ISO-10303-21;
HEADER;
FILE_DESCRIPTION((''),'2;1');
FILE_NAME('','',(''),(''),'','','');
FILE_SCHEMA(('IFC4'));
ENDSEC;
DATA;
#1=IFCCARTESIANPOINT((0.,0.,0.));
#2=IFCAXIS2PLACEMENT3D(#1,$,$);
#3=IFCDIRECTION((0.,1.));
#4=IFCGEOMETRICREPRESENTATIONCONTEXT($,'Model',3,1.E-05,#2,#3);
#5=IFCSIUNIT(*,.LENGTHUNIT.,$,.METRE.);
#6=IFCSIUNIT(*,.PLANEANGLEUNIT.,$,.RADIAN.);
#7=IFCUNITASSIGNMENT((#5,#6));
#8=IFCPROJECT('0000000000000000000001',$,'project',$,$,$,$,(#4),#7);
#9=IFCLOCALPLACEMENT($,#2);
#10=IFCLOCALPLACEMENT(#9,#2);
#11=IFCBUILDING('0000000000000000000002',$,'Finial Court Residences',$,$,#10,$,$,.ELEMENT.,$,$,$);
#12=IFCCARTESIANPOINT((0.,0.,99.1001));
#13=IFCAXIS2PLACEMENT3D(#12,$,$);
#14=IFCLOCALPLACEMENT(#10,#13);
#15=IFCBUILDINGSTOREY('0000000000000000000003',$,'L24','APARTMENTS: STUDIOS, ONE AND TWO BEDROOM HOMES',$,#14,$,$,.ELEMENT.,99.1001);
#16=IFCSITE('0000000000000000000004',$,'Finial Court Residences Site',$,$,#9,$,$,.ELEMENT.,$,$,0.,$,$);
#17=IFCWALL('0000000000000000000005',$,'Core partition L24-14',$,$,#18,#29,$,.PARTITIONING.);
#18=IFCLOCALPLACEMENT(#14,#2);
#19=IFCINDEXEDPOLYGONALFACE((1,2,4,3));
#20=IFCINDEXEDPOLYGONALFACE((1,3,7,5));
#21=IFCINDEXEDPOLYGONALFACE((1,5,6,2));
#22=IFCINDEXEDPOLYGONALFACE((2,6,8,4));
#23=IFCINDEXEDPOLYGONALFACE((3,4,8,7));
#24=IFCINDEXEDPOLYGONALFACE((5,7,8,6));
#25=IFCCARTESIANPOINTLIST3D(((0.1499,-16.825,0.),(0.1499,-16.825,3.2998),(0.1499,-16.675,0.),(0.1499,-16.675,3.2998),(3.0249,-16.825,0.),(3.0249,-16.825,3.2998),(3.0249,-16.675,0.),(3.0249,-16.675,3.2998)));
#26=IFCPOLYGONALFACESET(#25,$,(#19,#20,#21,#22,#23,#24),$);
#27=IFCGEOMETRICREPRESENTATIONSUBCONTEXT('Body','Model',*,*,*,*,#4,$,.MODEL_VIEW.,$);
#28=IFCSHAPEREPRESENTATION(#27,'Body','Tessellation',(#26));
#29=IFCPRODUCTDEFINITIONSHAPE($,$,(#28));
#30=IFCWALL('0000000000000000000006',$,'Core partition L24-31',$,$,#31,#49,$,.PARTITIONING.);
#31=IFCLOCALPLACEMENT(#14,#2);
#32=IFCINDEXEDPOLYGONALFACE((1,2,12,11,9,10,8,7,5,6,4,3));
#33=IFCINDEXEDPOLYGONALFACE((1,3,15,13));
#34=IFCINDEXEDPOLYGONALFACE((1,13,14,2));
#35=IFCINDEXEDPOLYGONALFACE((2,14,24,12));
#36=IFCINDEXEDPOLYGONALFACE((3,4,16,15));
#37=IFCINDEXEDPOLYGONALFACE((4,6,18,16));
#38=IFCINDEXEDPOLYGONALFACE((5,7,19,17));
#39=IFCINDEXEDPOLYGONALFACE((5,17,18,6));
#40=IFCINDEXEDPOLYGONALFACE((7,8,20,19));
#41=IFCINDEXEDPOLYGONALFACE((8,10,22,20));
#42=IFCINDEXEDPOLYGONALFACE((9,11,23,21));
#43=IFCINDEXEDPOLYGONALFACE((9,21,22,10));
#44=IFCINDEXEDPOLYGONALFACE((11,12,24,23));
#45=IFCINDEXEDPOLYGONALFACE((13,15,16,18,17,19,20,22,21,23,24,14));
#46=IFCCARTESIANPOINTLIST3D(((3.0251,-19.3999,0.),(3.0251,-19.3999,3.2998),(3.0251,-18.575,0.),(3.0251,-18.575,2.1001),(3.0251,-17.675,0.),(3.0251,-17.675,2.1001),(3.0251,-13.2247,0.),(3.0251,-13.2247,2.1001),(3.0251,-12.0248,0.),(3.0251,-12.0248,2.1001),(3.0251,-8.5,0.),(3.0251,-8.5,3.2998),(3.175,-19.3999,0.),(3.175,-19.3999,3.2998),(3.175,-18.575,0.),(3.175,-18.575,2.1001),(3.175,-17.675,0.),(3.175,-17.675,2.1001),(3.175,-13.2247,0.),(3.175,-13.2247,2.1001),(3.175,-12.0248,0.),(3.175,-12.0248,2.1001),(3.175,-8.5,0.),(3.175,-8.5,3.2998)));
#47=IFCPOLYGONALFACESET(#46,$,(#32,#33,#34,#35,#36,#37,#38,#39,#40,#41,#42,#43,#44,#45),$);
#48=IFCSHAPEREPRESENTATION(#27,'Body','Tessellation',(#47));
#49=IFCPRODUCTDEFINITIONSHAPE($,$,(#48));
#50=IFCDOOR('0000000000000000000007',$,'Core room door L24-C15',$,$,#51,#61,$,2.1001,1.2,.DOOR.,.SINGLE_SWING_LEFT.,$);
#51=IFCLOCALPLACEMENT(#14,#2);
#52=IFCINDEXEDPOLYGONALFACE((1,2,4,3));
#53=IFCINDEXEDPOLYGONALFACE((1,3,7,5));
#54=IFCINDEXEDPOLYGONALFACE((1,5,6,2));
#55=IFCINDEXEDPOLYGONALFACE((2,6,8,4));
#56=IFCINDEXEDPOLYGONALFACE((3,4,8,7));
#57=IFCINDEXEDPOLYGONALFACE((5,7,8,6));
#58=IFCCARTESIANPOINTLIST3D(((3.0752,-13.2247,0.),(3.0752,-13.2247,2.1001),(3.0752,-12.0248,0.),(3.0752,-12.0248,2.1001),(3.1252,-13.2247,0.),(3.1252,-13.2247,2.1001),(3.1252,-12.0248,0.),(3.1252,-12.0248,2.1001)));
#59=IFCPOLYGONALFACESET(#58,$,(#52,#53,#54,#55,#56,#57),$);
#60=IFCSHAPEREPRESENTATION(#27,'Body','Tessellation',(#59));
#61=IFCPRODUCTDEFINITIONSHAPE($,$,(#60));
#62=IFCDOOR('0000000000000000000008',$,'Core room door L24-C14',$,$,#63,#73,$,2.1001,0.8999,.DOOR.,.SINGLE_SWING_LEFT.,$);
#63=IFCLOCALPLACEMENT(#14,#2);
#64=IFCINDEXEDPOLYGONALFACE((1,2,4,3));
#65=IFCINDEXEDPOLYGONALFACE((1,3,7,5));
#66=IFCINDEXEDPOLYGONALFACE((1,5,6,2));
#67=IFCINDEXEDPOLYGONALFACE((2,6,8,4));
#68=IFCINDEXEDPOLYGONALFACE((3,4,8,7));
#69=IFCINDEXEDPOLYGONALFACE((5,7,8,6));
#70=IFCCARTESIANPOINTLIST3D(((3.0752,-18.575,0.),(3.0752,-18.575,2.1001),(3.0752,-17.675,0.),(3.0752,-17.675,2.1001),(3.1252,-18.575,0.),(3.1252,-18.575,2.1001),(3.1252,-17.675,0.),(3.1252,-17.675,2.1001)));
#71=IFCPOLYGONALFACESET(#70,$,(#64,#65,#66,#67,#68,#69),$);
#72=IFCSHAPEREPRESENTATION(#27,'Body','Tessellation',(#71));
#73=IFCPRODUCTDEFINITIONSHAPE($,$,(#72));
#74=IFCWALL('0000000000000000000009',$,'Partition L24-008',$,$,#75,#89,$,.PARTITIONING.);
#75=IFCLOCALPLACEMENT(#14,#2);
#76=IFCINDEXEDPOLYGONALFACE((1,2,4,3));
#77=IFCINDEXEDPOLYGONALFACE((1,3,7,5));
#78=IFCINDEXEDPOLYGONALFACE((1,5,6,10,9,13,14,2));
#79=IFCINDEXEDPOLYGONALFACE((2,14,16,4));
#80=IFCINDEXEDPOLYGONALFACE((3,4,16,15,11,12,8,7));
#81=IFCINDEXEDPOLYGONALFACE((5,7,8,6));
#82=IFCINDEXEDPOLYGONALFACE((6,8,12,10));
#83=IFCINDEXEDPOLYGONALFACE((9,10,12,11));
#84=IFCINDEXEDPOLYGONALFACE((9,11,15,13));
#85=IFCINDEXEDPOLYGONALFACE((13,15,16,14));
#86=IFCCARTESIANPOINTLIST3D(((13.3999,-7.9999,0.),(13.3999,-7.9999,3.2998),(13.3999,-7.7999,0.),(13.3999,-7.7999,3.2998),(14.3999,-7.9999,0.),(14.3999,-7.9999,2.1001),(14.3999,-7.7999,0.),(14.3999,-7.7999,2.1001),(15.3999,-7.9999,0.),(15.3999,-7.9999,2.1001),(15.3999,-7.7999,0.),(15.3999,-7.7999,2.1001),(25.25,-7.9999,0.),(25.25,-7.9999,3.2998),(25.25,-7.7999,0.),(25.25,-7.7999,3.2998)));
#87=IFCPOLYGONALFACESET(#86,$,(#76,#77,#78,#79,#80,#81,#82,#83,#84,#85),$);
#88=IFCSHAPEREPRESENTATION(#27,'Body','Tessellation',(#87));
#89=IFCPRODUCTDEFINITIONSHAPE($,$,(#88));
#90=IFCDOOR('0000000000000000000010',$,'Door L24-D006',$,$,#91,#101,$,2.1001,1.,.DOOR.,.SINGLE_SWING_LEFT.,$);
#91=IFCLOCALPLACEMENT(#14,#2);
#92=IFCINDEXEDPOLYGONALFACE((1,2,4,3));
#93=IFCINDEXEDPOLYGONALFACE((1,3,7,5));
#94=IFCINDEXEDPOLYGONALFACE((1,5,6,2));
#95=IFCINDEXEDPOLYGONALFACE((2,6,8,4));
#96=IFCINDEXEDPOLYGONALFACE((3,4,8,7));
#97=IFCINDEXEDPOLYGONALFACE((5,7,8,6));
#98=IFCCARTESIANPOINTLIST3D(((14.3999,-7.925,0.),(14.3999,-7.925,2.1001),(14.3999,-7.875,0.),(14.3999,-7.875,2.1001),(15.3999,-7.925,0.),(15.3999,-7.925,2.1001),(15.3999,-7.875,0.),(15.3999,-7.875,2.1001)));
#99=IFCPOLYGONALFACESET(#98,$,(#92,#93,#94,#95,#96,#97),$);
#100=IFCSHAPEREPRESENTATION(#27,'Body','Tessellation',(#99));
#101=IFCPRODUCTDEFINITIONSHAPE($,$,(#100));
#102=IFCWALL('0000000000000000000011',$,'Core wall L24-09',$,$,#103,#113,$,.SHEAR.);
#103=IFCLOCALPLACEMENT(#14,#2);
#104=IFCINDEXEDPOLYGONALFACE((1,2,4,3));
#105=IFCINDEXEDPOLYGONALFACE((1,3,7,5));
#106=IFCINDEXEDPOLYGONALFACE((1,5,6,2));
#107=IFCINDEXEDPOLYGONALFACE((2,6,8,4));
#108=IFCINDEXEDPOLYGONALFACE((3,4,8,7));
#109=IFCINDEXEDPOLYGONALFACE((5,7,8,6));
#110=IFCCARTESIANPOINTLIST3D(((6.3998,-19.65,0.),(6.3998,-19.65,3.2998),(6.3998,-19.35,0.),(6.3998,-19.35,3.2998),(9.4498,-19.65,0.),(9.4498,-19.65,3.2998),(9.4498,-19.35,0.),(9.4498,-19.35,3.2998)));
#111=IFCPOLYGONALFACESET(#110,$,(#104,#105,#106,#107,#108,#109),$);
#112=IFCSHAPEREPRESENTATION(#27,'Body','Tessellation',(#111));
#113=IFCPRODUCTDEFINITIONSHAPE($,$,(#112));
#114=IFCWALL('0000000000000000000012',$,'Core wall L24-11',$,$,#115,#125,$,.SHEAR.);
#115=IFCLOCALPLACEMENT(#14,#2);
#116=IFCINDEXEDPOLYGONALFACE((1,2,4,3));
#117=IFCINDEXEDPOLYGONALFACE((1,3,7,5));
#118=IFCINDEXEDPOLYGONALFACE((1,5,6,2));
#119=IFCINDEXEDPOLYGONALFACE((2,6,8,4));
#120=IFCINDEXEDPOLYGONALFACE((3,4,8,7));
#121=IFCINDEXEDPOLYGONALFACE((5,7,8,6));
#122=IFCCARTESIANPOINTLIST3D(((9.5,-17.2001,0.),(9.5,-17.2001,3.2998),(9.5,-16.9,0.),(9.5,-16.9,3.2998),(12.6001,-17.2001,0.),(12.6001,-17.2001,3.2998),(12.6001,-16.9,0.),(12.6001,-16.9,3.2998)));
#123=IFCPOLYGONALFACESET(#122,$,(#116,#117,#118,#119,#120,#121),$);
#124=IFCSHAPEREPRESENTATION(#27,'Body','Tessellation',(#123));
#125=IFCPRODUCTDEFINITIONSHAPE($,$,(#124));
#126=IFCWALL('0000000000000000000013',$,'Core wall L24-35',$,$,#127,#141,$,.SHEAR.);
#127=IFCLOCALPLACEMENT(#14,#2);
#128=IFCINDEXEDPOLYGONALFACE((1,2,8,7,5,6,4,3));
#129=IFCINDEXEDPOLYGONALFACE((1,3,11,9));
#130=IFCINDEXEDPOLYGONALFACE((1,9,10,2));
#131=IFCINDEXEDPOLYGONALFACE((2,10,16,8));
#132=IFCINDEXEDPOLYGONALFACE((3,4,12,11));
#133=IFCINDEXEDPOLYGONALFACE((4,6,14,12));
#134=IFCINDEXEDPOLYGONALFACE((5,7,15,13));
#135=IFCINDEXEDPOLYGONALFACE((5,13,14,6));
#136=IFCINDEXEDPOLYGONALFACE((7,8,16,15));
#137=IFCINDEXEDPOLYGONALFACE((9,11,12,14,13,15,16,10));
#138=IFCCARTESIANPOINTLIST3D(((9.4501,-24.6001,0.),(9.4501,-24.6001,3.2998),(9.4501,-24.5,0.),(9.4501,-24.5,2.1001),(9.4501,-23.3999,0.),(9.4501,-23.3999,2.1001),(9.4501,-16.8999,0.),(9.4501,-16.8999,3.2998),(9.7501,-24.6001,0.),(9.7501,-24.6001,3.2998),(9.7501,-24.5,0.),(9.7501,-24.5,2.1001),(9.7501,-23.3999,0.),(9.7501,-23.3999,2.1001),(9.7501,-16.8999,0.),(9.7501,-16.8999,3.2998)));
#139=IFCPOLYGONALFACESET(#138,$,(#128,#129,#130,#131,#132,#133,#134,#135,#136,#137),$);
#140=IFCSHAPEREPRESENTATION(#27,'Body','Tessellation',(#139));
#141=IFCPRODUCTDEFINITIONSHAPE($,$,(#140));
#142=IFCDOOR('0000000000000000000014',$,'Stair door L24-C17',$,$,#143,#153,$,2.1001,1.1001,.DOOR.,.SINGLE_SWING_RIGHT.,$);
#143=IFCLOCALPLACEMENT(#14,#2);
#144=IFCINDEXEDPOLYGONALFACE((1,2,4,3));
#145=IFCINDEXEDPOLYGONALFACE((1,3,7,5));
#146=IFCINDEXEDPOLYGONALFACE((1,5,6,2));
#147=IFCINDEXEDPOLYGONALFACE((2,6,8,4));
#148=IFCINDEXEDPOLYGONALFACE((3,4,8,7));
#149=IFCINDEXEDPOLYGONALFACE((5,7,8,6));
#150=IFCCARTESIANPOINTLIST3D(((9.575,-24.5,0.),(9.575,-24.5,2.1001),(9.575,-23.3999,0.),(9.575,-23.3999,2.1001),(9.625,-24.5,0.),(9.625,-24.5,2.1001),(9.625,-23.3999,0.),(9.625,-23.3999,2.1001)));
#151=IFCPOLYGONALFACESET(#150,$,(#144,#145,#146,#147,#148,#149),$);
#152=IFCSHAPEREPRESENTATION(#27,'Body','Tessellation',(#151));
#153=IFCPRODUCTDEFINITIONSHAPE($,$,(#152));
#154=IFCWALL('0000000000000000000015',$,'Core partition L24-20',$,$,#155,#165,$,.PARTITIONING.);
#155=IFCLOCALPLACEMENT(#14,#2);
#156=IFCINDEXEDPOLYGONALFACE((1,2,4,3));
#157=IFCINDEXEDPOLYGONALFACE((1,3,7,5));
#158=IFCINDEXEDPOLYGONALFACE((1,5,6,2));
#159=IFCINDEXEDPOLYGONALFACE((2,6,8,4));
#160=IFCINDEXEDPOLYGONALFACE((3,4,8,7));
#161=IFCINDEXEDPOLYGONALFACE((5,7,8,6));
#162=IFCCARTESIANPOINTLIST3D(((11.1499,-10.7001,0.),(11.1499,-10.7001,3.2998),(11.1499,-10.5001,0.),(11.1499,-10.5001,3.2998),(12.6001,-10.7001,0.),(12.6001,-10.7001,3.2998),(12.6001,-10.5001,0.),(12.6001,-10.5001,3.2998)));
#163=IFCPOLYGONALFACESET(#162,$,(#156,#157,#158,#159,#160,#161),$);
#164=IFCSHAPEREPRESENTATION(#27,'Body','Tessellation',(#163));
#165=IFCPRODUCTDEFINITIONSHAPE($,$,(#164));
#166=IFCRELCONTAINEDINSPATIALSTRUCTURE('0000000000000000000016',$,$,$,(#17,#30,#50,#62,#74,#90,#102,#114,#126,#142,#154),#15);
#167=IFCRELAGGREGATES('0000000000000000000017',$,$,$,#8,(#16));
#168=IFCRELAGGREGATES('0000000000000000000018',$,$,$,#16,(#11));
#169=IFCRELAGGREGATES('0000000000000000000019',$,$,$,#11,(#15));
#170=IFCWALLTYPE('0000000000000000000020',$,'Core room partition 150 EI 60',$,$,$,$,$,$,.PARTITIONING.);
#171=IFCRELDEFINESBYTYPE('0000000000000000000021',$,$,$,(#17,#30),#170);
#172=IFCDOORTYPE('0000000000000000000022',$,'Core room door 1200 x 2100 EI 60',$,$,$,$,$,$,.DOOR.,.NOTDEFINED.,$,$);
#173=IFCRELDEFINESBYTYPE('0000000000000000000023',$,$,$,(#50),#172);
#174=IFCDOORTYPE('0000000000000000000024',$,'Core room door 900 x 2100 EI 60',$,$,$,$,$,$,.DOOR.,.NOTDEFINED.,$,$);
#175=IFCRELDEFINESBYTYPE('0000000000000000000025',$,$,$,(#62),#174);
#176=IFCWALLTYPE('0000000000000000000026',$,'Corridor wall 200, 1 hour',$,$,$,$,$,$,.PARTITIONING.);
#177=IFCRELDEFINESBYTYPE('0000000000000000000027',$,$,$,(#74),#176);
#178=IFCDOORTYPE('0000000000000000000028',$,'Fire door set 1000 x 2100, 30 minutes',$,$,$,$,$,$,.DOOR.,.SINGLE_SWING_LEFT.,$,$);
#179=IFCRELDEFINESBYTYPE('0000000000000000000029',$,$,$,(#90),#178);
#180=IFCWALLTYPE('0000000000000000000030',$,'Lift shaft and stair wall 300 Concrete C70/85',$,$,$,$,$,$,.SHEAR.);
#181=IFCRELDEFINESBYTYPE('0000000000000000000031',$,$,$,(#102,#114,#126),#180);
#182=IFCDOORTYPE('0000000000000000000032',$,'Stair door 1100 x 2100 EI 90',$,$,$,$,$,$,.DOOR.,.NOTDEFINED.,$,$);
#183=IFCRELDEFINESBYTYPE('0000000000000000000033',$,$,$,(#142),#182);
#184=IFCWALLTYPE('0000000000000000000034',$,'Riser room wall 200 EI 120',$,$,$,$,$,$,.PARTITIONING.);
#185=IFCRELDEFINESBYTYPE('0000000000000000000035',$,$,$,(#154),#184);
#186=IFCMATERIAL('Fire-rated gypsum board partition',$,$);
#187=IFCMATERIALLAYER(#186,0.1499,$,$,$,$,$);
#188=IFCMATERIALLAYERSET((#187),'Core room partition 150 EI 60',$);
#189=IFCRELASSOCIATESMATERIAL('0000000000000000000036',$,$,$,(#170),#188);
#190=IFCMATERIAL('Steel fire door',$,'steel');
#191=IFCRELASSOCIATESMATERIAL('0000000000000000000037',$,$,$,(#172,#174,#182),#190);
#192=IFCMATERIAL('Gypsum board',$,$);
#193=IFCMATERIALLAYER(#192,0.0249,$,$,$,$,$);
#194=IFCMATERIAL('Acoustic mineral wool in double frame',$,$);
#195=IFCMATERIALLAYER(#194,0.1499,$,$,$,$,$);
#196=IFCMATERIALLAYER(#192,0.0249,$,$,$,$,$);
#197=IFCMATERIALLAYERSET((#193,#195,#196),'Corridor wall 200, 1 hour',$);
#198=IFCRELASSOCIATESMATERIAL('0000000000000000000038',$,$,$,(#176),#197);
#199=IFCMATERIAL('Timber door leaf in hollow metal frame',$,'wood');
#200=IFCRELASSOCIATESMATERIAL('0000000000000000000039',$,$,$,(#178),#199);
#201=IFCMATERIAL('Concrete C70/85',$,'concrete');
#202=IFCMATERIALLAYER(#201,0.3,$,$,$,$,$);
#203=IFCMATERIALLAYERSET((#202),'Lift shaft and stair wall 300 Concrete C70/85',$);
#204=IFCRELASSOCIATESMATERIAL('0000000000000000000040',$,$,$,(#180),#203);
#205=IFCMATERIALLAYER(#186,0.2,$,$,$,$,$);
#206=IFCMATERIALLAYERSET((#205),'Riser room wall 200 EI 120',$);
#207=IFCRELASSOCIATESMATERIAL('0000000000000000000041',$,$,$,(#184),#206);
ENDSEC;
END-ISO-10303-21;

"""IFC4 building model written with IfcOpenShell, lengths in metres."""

from ifc_helpers import new_model, si_unit, direction, frame, frame_2d, origin, place, context, subcontext, project, spatial, rectangle, extrude, material, layer, layer_set, type_object, element, fill, save


model = new_model("IFC4")

# Units and contexts
model_context = context("Model", 3, precision=1e-05, world=origin(), true_north=direction((0.0, 1.0)))
body_context = subcontext(model_context, "Body", "Model", "MODEL_VIEW")
ifc_project = project(units=[si_unit("LENGTHUNIT", "METRE"), si_unit("PLANEANGLEUNIT", "RADIAN")], contexts=[model_context])

# Site, building, storey
site_placement = place(None, origin())
site = spatial("IfcSite", under=ifc_project, at=site_placement, Name="Finial Court Residences Site", CompositionType="ELEMENT", RefElevation=0.0)
building_placement = place(site_placement, origin())
building = spatial("IfcBuilding", under=site, at=building_placement, Name="Finial Court Residences", CompositionType="ELEMENT")
storey_placement = place(building_placement, frame((0.0, 0.0, 99.1001)))
storey = spatial("IfcBuildingStorey", under=building, at=storey_placement, Name="L24", Description="APARTMENTS: STUDIOS, ONE AND TWO BEDROOM HOMES", CompositionType="ELEMENT", Elevation=99.1001)

# Wall
ifc_material_1 = material(Name="Fire-rated gypsum board partition")
ifc_layer_1 = layer(ifc_material_1, 0.1499)
ifc_layer_set_1 = layer_set([ifc_layer_1], Name="Core room partition 150 EI 60")
wall_type_1 = type_object("IfcWallType", Name="Core room partition 150 EI 60", PredefinedType="PARTITIONING", material=ifc_layer_set_1)
wall_1_placement = place(storey_placement, frame((0.1499, -16.75, 0.0), z_axis=(0.0, 0.0, 1.0), x_axis=(1.0, 0.0, 0.0)))
element("IfcWall", 1, at=wall_1_placement, inside=storey, type_object=wall_type_1, Name="Core partition L24-14", PredefinedType="PARTITIONING", context=body_context, shape_type="SweptSolid", body=[
    extrude(rectangle(XDim=2.875, YDim=0.1499, at=frame_2d((1.4375, 0.0))), origin(), (0.0, 0.0, 1.0), 3.2998),
])

# Wall, openings, doors
wall_2_placement = place(storey_placement, frame((3.1001, -19.3999, 0.0), z_axis=(0.0, 0.0, 1.0), x_axis=(0.0, 1.0, 0.0)))
wall_2 = element("IfcWall", 2, at=wall_2_placement, inside=storey, type_object=wall_type_1, Name="Core partition L24-31", PredefinedType="PARTITIONING", context=body_context, shape_type="SweptSolid", body=[
    extrude(rectangle(XDim=10.8999, YDim=0.1499, at=frame_2d((5.45, 0.0))), origin(), (0.0, 0.0, 1.0), 3.2998),
])
opening_1_placement = place(wall_2_placement, frame((0.825, 0.0, 0.0)))
opening_1 = element("IfcOpeningElement", 3, at=opening_1_placement, cuts=wall_2, PredefinedType="OPENING", context=body_context, shape_type="SweptSolid", body=[
    extrude(rectangle(XDim=0.8999, YDim=2.1001, at=frame_2d((0.45, 1.05))), frame((0.0, 0.085, 0.0), z_axis=(0.0, -1.0, 0.0), x_axis=(1.0, 0.0, 0.0)), (0.0, 0.0, 1.0), 0.1699),
])
opening_2_placement = place(wall_2_placement, frame((6.175, 0.0, 0.0)))
opening_2 = element("IfcOpeningElement", 4, at=opening_2_placement, cuts=wall_2, PredefinedType="OPENING", context=body_context, shape_type="SweptSolid", body=[
    extrude(rectangle(XDim=1.2, YDim=2.1001, at=frame_2d((0.6001, 1.05))), frame((0.0, 0.085, 0.0), z_axis=(0.0, -1.0, 0.0), x_axis=(1.0, 0.0, 0.0)), (0.0, 0.0, 1.0), 0.1699),
])
ifc_material_2 = material(Name="Steel fire door", Category="steel")
door_type_1 = type_object("IfcDoorType", Name="Core room door 1200 x 2100 EI 60", OperationType="NOTDEFINED", PredefinedType="DOOR", material=ifc_material_2)
door_1_placement = place(opening_2_placement, origin())
door_1 = element("IfcDoor", 5, at=door_1_placement, inside=storey, type_object=door_type_1, Name="Core room door L24-C15", OperationType="SINGLE_SWING_LEFT", OverallHeight=2.1001, OverallWidth=1.2, PredefinedType="DOOR", context=body_context, shape_type="SweptSolid", body=[
    extrude(rectangle(XDim=1.2, YDim=2.1001, at=frame_2d((0.6001, 1.05))), frame((0.0, 0.0249, 0.0), z_axis=(0.0, -1.0, 0.0), x_axis=(1.0, 0.0, 0.0)), (0.0, 0.0, 1.0), 0.05),
])
fill(opening_2, door_1)
door_type_2 = type_object("IfcDoorType", Name="Core room door 900 x 2100 EI 60", OperationType="NOTDEFINED", PredefinedType="DOOR", material=ifc_material_2)
door_2_placement = place(opening_1_placement, origin())
door_2 = element("IfcDoor", 6, at=door_2_placement, inside=storey, type_object=door_type_2, Name="Core room door L24-C14", OperationType="SINGLE_SWING_LEFT", OverallHeight=2.1001, OverallWidth=0.8999, PredefinedType="DOOR", context=body_context, shape_type="SweptSolid", body=[
    extrude(rectangle(XDim=0.8999, YDim=2.1001, at=frame_2d((0.45, 1.05))), frame((0.0, 0.0249, 0.0), z_axis=(0.0, -1.0, 0.0), x_axis=(1.0, 0.0, 0.0)), (0.0, 0.0, 1.0), 0.05),
])
fill(opening_1, door_2)

# Wall, opening, door
ifc_material_3 = material(Name="Gypsum board")
ifc_layer_2 = layer(ifc_material_3, 0.0249)
ifc_material_4 = material(Name="Acoustic mineral wool in double frame")
ifc_layer_3 = layer(ifc_material_4, 0.1499)
ifc_layer_4 = layer(ifc_material_3, 0.0249)
ifc_layer_set_2 = layer_set([ifc_layer_2, ifc_layer_3, ifc_layer_4], Name="Corridor wall 200, 1 hour")
wall_type_2 = type_object("IfcWallType", Name="Corridor wall 200, 1 hour", PredefinedType="PARTITIONING", material=ifc_layer_set_2)
wall_3_placement = place(storey_placement, frame((13.3999, -7.8999, 0.0), z_axis=(0.0, 0.0, 1.0), x_axis=(1.0, 0.0, 0.0)))
wall_3 = element("IfcWall", 7, at=wall_3_placement, inside=storey, type_object=wall_type_2, Name="Partition L24-008", PredefinedType="PARTITIONING", context=body_context, shape_type="SweptSolid", body=[
    extrude(rectangle(XDim=11.8501, YDim=0.2, at=frame_2d((5.925, 0.0))), origin(), (0.0, 0.0, 1.0), 3.2998),
])
opening_3_placement = place(wall_3_placement, frame((1.0, 0.0, 0.0)))
opening_3 = element("IfcOpeningElement", 8, at=opening_3_placement, cuts=wall_3, PredefinedType="OPENING", context=body_context, shape_type="SweptSolid", body=[
    extrude(rectangle(XDim=1.0, YDim=2.1001, at=frame_2d((0.5, 1.05))), frame((0.0, 0.1099, 0.0), z_axis=(0.0, -1.0, 0.0), x_axis=(1.0, 0.0, 0.0)), (0.0, 0.0, 1.0), 0.22),
])
ifc_material_5 = material(Name="Timber door leaf in hollow metal frame", Category="wood")
door_type_3 = type_object("IfcDoorType", Name="Fire door set 1000 x 2100, 30 minutes", OperationType="SINGLE_SWING_LEFT", PredefinedType="DOOR", material=ifc_material_5)
door_3_placement = place(opening_3_placement, origin())
door_3 = element("IfcDoor", 9, at=door_3_placement, inside=storey, type_object=door_type_3, Name="Door L24-D006", OperationType="SINGLE_SWING_LEFT", OverallHeight=2.1001, OverallWidth=1.0, PredefinedType="DOOR", context=body_context, shape_type="SweptSolid", body=[
    extrude(rectangle(XDim=1.0, YDim=2.1001, at=frame_2d((0.5, 1.05))), frame((0.0, 0.0249, 0.0), z_axis=(0.0, -1.0, 0.0), x_axis=(1.0, 0.0, 0.0)), (0.0, 0.0, 1.0), 0.05),
])
fill(opening_3, door_3)

# Walls
ifc_material_6 = material(Name="Concrete C70/85", Category="concrete")
ifc_layer_5 = layer(ifc_material_6, 0.3)
ifc_layer_set_3 = layer_set([ifc_layer_5], Name="Lift shaft and stair wall 300 Concrete C70/85")
wall_type_3 = type_object("IfcWallType", Name="Lift shaft and stair wall 300 Concrete C70/85", PredefinedType="SHEAR", material=ifc_layer_set_3)
wall_4_placement = place(storey_placement, frame((6.3999, -19.5, 0.0), z_axis=(0.0, 0.0, 1.0), x_axis=(1.0, 0.0, 0.0)))
element("IfcWall", 10, at=wall_4_placement, inside=storey, type_object=wall_type_3, Name="Core wall L24-09", PredefinedType="SHEAR", context=body_context, shape_type="SweptSolid", body=[
    extrude(rectangle(XDim=3.05, YDim=0.3, at=frame_2d((1.5249, 0.0))), origin(), (0.0, 0.0, 1.0), 3.2998),
])
wall_5_placement = place(storey_placement, frame((9.5, -17.05, 0.0), z_axis=(0.0, 0.0, 1.0), x_axis=(1.0, 0.0, 0.0)))
element("IfcWall", 11, at=wall_5_placement, inside=storey, type_object=wall_type_3, Name="Core wall L24-11", PredefinedType="SHEAR", context=body_context, shape_type="SweptSolid", body=[
    extrude(rectangle(XDim=3.1001, YDim=0.3, at=frame_2d((1.55, 0.0))), origin(), (0.0, 0.0, 1.0), 3.2998),
])

# Wall, opening, door
wall_6_placement = place(storey_placement, frame((9.6001, -16.8999, 0.0), z_axis=(0.0, 0.0, 1.0), x_axis=(0.0, -1.0, 0.0)))
wall_6 = element("IfcWall", 12, at=wall_6_placement, inside=storey, type_object=wall_type_3, Name="Core wall L24-35", PredefinedType="SHEAR", context=body_context, shape_type="SweptSolid", body=[
    extrude(rectangle(XDim=7.7002, YDim=0.3, at=frame_2d((3.8501, 0.0))), origin(), (0.0, 0.0, 1.0), 3.2998),
])
opening_4_placement = place(wall_6_placement, frame((6.5, 0.0, 0.0)))
opening_4 = element("IfcOpeningElement", 13, at=opening_4_placement, cuts=wall_6, PredefinedType="OPENING", context=body_context, shape_type="SweptSolid", body=[
    extrude(rectangle(XDim=1.1001, YDim=2.1001, at=frame_2d((0.55, 1.05))), frame((0.0, 0.1599, 0.0), z_axis=(0.0, -1.0, 0.0), x_axis=(1.0, 0.0, 0.0)), (0.0, 0.0, 1.0), 0.3201),
])
door_type_4 = type_object("IfcDoorType", Name="Stair door 1100 x 2100 EI 90", OperationType="NOTDEFINED", PredefinedType="DOOR", material=ifc_material_2)
door_4_placement = place(opening_4_placement, origin())
door_4 = element("IfcDoor", 14, at=door_4_placement, inside=storey, type_object=door_type_4, Name="Stair door L24-C17", OperationType="SINGLE_SWING_RIGHT", OverallHeight=2.1001, OverallWidth=1.1001, PredefinedType="DOOR", context=body_context, shape_type="SweptSolid", body=[
    extrude(rectangle(XDim=1.1001, YDim=2.1001, at=frame_2d((0.55, 1.05))), frame((0.0, 0.0249, 0.0), z_axis=(0.0, -1.0, 0.0), x_axis=(1.0, 0.0, 0.0)), (0.0, 0.0, 1.0), 0.05),
])
fill(opening_4, door_4)

# Wall
ifc_layer_6 = layer(ifc_material_1, 0.2)
ifc_layer_set_4 = layer_set([ifc_layer_6], Name="Riser room wall 200 EI 120")
wall_type_4 = type_object("IfcWallType", Name="Riser room wall 200 EI 120", PredefinedType="PARTITIONING", material=ifc_layer_set_4)
wall_7_placement = place(storey_placement, frame((11.1499, -10.6001, 0.0), z_axis=(0.0, 0.0, 1.0), x_axis=(1.0, 0.0, 0.0)))
element("IfcWall", 15, at=wall_7_placement, inside=storey, type_object=wall_type_4, Name="Core partition L24-20", PredefinedType="PARTITIONING", context=body_context, shape_type="SweptSolid", body=[
    extrude(rectangle(XDim=1.4502, YDim=0.2, at=frame_2d((0.7251, 0.0))), origin(), (0.0, 0.0, 1.0), 3.2998),
])

save(model, "model.ifc")
